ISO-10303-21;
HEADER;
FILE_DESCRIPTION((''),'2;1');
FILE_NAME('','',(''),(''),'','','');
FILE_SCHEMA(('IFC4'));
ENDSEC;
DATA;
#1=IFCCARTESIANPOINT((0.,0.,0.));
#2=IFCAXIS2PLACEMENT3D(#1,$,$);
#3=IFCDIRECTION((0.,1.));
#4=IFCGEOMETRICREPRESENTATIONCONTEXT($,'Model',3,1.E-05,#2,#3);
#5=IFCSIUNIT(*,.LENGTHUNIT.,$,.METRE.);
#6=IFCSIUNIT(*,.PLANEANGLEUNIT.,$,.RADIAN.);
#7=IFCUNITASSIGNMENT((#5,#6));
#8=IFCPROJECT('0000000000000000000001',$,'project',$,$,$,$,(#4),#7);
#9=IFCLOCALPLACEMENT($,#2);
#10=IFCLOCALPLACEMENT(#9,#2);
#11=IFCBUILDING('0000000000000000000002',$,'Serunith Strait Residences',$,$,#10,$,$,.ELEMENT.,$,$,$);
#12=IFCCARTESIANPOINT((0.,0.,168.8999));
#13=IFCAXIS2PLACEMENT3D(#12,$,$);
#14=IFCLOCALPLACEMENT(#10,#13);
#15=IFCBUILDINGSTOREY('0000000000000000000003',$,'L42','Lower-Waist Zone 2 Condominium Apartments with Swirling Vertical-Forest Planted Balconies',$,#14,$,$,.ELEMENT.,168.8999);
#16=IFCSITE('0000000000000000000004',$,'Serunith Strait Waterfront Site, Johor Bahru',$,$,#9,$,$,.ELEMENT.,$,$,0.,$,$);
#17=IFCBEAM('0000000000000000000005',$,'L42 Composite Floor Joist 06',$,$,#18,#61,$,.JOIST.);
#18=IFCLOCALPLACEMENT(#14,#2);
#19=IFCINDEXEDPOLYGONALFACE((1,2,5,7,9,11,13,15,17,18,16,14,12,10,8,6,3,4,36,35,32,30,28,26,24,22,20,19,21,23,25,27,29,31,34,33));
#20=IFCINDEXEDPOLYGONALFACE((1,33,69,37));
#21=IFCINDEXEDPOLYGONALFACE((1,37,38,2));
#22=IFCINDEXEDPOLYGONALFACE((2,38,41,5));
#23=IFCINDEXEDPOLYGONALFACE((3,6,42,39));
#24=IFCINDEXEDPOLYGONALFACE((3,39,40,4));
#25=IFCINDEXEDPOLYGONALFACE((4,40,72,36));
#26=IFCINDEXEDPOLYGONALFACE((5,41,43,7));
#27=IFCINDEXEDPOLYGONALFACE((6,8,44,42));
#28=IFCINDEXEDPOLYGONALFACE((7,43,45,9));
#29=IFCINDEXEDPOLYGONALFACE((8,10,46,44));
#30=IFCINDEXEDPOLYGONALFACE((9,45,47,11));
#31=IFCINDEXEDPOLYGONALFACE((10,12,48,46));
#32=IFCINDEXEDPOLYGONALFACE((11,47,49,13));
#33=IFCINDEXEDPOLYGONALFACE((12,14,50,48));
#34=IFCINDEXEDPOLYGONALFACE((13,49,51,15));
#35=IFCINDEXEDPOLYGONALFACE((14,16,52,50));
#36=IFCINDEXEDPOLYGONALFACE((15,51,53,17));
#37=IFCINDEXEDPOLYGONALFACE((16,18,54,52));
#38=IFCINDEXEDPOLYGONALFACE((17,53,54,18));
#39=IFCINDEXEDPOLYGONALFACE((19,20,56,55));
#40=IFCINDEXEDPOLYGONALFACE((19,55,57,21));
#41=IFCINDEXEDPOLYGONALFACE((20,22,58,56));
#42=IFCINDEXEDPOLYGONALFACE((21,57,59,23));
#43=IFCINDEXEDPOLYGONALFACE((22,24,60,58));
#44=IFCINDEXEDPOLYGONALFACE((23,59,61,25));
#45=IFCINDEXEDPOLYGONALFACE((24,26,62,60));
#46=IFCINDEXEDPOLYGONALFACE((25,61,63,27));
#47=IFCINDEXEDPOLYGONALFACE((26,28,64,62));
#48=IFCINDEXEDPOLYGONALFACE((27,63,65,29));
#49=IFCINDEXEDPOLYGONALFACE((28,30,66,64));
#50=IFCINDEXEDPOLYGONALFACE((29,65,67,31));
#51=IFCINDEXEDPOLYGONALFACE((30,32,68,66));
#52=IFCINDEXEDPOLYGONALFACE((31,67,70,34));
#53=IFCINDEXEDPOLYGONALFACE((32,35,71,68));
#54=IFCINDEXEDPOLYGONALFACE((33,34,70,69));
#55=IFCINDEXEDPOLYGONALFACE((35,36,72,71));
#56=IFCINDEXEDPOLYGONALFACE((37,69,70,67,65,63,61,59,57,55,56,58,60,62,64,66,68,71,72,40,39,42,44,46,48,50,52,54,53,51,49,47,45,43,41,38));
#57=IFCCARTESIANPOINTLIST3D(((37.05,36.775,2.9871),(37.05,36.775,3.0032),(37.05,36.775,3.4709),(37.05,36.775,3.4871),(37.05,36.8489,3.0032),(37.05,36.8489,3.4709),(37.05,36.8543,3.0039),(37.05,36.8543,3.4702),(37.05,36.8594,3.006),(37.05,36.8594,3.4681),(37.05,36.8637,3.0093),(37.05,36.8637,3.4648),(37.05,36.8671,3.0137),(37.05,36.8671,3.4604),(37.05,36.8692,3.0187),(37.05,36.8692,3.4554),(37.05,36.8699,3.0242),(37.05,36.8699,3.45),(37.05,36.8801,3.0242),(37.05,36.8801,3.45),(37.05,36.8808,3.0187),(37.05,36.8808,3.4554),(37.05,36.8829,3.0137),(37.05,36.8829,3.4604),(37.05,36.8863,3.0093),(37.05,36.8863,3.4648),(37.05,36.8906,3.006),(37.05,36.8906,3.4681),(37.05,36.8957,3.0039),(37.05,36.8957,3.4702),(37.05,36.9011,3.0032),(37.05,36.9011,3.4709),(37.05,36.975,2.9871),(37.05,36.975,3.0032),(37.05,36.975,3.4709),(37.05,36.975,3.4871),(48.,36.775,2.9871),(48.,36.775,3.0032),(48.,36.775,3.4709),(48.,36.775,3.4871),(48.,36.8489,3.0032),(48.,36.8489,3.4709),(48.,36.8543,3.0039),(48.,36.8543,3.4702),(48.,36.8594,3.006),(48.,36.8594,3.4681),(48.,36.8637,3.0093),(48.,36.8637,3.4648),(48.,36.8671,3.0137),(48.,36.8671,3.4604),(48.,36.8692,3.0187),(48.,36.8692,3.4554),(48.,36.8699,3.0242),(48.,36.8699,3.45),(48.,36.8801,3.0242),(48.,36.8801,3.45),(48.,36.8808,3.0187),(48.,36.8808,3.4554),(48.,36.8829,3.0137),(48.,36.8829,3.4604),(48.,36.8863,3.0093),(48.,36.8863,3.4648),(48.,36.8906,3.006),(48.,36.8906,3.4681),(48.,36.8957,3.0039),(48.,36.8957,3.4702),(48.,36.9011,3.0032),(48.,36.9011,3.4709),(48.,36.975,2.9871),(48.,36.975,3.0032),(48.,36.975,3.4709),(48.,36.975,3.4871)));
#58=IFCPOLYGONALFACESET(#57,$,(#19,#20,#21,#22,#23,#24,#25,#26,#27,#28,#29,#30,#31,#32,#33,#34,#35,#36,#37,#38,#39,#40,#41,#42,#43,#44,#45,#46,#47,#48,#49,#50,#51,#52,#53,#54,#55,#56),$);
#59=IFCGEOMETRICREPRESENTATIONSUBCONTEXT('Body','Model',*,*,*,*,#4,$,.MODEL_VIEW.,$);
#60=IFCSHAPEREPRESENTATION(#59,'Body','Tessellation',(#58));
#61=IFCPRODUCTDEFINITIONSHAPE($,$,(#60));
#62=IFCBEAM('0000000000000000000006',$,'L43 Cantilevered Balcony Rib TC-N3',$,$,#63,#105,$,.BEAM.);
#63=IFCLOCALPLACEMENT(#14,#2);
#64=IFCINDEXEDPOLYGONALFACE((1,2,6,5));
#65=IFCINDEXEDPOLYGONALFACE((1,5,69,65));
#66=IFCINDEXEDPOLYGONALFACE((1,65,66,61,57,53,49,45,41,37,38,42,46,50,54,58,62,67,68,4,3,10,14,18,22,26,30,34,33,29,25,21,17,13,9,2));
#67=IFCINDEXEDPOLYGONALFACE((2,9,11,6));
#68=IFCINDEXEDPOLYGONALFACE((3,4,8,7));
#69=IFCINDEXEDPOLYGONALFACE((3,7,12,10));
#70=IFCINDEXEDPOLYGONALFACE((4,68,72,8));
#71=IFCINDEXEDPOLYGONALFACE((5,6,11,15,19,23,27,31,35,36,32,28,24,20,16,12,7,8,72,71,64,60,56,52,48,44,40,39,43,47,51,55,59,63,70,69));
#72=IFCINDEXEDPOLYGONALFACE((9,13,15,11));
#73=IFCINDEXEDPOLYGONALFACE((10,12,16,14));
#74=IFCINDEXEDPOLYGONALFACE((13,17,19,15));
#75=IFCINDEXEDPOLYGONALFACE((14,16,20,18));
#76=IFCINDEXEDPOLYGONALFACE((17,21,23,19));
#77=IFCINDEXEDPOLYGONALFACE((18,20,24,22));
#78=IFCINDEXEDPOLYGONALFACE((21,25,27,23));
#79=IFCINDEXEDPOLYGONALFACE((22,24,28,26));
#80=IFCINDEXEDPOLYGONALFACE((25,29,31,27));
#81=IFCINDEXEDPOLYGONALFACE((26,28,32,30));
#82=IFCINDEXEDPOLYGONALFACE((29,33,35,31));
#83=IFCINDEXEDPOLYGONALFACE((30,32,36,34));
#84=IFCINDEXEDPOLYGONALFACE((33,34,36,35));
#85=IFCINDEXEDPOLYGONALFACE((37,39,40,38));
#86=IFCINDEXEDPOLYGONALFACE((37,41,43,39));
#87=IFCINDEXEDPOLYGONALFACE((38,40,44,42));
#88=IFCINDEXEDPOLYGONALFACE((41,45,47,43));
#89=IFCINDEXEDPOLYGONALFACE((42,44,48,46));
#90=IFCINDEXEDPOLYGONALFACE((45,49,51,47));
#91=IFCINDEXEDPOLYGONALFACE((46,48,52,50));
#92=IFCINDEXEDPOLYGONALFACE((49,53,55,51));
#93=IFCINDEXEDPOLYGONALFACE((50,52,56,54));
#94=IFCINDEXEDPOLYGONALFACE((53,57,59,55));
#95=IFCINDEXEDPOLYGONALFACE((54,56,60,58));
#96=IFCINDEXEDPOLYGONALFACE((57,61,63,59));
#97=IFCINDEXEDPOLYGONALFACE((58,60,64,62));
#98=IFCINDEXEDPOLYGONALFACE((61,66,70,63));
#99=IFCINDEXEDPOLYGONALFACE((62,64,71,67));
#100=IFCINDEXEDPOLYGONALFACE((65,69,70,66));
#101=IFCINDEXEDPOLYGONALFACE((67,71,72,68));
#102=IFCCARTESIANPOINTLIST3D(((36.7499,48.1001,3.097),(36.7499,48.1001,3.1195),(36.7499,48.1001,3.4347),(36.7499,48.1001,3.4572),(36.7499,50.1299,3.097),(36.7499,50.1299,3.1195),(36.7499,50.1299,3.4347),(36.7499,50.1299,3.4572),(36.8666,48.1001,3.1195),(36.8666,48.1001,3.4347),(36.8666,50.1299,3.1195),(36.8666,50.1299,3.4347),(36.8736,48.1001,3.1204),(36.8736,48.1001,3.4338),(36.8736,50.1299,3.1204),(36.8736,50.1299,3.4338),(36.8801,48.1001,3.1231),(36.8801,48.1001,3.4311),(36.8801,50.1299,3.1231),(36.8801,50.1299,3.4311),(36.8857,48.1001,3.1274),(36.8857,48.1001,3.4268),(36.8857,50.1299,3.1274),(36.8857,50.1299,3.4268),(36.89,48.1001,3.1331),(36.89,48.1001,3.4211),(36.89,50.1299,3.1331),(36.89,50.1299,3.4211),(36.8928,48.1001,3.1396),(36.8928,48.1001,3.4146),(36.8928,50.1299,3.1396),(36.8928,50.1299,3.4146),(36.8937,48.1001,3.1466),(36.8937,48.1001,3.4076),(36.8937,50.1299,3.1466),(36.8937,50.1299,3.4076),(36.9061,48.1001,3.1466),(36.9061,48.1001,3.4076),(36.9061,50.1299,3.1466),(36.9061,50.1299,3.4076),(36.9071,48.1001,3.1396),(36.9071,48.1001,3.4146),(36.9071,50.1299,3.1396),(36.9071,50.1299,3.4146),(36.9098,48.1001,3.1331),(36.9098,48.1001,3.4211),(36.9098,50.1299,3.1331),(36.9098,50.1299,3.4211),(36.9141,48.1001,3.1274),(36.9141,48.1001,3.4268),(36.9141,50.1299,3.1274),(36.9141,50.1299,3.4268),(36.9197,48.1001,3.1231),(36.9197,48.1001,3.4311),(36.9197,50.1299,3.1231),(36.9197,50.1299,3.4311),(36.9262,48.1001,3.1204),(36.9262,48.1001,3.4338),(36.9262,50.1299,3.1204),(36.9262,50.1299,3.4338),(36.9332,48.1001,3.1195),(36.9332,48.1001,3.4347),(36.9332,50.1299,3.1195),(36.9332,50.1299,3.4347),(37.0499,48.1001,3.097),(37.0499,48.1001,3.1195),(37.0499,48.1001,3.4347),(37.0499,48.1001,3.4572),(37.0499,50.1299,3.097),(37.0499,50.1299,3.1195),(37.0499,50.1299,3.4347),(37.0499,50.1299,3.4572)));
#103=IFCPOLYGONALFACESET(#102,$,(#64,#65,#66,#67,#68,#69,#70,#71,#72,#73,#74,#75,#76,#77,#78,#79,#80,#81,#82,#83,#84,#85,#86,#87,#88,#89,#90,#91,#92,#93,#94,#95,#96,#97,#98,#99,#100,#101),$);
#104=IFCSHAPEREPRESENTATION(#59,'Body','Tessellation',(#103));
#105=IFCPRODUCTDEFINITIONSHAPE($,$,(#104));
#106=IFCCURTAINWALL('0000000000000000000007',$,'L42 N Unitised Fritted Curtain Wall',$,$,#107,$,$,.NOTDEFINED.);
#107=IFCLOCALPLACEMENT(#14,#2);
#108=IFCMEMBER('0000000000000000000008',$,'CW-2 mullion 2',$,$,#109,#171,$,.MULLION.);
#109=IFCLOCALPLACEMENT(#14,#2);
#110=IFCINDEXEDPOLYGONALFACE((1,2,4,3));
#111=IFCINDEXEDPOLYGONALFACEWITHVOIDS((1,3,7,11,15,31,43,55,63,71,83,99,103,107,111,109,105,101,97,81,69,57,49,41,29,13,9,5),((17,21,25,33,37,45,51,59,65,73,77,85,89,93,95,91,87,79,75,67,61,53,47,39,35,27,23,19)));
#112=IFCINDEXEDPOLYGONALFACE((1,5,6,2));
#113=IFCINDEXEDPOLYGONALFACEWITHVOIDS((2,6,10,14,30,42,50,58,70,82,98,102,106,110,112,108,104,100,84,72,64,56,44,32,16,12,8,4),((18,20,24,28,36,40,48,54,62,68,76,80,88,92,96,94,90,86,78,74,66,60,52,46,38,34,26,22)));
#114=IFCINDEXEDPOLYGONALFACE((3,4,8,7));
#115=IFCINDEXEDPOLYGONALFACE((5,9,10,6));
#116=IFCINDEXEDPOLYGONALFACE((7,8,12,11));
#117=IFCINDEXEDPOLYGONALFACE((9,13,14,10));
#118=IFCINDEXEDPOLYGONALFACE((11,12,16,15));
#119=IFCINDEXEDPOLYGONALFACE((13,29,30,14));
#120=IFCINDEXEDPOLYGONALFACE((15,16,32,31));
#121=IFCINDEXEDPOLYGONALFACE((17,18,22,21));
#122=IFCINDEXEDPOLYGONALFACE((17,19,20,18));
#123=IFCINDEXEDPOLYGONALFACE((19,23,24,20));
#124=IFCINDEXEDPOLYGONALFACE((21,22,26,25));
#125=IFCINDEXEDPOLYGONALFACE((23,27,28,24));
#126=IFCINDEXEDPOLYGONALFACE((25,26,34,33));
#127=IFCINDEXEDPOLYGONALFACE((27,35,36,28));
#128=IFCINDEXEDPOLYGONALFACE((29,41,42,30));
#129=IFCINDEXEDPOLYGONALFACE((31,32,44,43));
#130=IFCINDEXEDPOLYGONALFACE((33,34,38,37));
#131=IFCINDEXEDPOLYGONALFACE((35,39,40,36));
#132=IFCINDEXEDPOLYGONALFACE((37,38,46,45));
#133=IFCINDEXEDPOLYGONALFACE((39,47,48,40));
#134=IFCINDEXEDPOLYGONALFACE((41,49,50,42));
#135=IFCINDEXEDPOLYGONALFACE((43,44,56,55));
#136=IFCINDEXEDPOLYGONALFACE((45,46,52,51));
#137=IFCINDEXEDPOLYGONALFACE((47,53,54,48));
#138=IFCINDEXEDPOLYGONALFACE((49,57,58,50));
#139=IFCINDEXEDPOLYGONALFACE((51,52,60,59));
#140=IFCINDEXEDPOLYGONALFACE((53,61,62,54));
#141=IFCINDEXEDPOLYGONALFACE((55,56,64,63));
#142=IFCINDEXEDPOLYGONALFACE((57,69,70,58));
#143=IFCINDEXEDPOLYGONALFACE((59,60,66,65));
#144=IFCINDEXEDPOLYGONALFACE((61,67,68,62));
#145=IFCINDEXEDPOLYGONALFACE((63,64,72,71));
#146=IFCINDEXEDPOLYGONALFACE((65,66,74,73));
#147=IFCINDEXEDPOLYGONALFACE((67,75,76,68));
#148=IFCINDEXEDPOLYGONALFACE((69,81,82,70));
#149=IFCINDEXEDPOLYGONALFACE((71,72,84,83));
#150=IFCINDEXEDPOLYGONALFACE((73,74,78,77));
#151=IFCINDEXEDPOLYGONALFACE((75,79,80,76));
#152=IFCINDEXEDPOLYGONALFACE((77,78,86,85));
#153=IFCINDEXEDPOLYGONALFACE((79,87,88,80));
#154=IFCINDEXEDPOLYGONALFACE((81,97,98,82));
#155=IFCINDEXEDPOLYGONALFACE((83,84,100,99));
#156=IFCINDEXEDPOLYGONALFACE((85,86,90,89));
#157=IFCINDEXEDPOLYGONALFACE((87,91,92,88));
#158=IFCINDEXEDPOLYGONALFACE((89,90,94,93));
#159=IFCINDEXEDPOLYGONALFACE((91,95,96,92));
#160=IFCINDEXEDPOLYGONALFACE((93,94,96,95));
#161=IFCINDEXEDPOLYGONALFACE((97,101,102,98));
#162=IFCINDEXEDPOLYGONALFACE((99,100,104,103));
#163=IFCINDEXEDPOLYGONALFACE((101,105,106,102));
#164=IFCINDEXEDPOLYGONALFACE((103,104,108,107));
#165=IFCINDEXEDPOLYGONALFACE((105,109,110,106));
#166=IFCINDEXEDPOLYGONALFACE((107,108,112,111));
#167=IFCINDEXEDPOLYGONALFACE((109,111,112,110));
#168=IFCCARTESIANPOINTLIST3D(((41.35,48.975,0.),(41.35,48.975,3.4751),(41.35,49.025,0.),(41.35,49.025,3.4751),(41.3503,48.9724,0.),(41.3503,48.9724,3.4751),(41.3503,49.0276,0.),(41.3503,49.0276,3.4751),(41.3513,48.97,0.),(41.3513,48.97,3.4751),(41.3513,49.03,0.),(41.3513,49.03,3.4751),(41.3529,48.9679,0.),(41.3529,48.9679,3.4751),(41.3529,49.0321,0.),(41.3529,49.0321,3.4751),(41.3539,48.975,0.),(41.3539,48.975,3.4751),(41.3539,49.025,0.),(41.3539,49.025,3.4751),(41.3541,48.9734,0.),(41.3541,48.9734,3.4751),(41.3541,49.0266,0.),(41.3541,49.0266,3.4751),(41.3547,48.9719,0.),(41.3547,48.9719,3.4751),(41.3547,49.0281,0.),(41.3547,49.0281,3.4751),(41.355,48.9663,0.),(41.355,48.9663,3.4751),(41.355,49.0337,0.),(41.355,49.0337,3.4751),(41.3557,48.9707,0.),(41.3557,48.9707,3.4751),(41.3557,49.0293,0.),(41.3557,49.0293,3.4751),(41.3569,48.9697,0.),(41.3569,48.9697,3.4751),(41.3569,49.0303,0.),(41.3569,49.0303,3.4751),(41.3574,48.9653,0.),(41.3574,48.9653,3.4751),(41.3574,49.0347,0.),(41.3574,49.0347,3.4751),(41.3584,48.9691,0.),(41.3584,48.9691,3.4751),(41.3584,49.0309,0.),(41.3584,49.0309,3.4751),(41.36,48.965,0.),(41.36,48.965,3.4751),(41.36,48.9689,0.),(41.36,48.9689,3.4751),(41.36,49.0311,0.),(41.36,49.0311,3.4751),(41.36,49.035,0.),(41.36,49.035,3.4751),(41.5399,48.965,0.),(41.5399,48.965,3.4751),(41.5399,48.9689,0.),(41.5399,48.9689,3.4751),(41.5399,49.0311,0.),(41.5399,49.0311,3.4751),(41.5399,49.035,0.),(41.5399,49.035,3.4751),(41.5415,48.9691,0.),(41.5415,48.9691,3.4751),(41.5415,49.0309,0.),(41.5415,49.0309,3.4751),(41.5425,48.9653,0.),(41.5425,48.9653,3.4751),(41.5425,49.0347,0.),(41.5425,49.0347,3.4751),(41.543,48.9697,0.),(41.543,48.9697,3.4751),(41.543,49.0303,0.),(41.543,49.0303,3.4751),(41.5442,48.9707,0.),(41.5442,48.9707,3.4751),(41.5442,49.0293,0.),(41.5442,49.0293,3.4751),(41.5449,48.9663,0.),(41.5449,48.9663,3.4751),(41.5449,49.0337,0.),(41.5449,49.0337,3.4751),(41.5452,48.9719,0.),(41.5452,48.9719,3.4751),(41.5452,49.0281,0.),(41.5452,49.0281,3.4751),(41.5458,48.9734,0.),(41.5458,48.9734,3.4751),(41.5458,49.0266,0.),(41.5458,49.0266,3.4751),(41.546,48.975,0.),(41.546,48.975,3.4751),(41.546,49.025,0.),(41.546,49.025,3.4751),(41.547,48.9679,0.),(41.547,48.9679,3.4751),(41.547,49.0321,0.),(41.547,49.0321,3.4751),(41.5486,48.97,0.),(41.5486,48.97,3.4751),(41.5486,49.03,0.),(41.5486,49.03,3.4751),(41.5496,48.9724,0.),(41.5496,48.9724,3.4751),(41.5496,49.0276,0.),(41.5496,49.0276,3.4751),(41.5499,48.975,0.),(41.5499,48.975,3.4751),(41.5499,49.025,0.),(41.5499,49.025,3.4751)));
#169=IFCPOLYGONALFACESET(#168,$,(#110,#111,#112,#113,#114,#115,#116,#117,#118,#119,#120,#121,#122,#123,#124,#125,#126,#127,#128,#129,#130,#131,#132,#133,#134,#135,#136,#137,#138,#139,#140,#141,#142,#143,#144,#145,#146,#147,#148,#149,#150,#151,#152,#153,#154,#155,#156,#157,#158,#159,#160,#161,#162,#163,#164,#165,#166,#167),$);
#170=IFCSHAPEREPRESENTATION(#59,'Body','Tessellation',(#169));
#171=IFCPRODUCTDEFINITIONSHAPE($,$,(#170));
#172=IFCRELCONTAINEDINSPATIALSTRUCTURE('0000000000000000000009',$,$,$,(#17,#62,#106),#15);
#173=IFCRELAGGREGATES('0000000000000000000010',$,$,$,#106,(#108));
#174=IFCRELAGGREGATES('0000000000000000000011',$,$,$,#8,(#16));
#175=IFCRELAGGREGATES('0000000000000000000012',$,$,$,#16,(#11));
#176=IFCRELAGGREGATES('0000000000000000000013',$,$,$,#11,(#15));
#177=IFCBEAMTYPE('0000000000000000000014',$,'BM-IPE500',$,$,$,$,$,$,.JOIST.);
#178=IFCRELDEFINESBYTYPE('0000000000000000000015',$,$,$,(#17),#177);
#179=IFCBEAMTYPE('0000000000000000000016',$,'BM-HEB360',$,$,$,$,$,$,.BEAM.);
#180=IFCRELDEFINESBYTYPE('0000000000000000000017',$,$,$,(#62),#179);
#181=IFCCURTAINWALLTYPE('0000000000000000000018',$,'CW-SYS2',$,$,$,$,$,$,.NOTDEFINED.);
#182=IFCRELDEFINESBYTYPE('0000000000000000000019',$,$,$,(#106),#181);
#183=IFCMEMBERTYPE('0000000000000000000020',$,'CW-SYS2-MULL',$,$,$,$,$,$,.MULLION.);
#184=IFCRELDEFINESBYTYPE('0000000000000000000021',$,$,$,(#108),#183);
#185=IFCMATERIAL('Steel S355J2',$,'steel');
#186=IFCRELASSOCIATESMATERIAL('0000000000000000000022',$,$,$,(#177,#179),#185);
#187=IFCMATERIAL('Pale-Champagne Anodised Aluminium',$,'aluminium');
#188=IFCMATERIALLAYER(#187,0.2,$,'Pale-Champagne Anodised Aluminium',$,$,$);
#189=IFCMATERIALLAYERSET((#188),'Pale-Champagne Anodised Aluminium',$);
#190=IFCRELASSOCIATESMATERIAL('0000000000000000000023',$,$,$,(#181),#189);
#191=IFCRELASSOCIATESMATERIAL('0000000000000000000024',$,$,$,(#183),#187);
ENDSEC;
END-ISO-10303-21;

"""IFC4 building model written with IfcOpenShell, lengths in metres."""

from ifc_helpers import new_model, si_unit, direction, frame, origin, origin_2d, place, context, subcontext, project, spatial, hollow_rectangle, i_section, extrude, source, transform, mapped, material, layer, layer_set, material_profile, profile_set, type_object, element, aggregate, save


model = new_model("IFC4")

# Units and contexts
model_context = context("Model", 3, precision=1e-05, world=origin(), true_north=direction((0.0, 1.0)))
body_context = subcontext(model_context, "Body", "Model", "MODEL_VIEW")
ifc_project = project(units=[si_unit("LENGTHUNIT", "METRE"), si_unit("PLANEANGLEUNIT", "RADIAN")], contexts=[model_context])

# Site, building, storey
site_placement = place(None, origin())
site = spatial("IfcSite", under=ifc_project, at=site_placement, Name="Serunith Strait Waterfront Site, Johor Bahru", CompositionType="ELEMENT", RefElevation=0.0)
building_placement = place(site_placement, origin())
building = spatial("IfcBuilding", under=site, at=building_placement, Name="Serunith Strait Residences", CompositionType="ELEMENT")
storey_placement = place(building_placement, frame((0.0, 0.0, 168.8999)))
storey = spatial("IfcBuildingStorey", under=building, at=storey_placement, Name="L42", Description="Lower-Waist Zone 2 Condominium Apartments with Swirling Vertical-Forest Planted Balconies", CompositionType="ELEMENT", Elevation=168.8999)

# Beams
ifc_material_1 = material(Name="Steel S355J2", Category="steel")
ifc_material_profile_1 = material_profile(ifc_material_1, i_section(OverallWidth=0.2, OverallDepth=0.5, WebThickness=0.0103, FlangeThickness=0.0161, FilletRadius=0.021, at=origin_2d()), Name="IPE 500")
ifc_profile_set_1 = profile_set([ifc_material_profile_1], Name="Steel S355J2")
beam_type_1 = type_object("IfcBeamType", Name="BM-IPE500", PredefinedType="JOIST", material=ifc_profile_set_1)
shared_shape_1 = source(origin(), body_context, "Body", "SweptSolid", [
    extrude(i_section(OverallWidth=0.2, OverallDepth=0.5, WebThickness=0.0103, FlangeThickness=0.0161, FilletRadius=0.021, at=origin_2d()), origin(), (0.0, 0.0, 1.0), 10.95),
])
beam_1_placement = place(storey_placement, frame((37.05, 36.875, 3.2371), z_axis=(1.0, 0.0, 0.0), x_axis=(0.0, 1.0, 0.0)))
element("IfcBeam", 1, at=beam_1_placement, inside=storey, type_object=beam_type_1, Name="L42 Composite Floor Joist 06", PredefinedType="JOIST", context=body_context, shape_type="MappedRepresentation", body=[
    mapped(shared_shape_1, transform((0.0, 0.0, 0.0), scale=1.0)),
])
ifc_material_profile_2 = material_profile(ifc_material_1, i_section(OverallWidth=0.3, OverallDepth=0.3601, WebThickness=0.0125, FlangeThickness=0.0225, FilletRadius=0.0271, at=origin_2d()), Name="HEB 360")
ifc_profile_set_2 = profile_set([ifc_material_profile_2], Name="Steel S355J2")
beam_type_2 = type_object("IfcBeamType", Name="BM-HEB360", PredefinedType="BEAM", material=ifc_profile_set_2)
shared_shape_2 = source(origin(), body_context, "Body", "SweptSolid", [
    extrude(i_section(OverallWidth=0.3, OverallDepth=0.3601, WebThickness=0.0125, FlangeThickness=0.0225, FilletRadius=0.0271, at=origin_2d()), origin(), (0.0, 0.0, 1.0), 2.0298),
])
beam_2_placement = place(storey_placement, frame((36.8999, 48.1001, 3.2771), z_axis=(0.0, 1.0, 0.0), x_axis=(-1.0, 0.0, 0.0)))
element("IfcBeam", 2, at=beam_2_placement, inside=storey, type_object=beam_type_2, Name="L43 Cantilevered Balcony Rib TC-N3", PredefinedType="BEAM", context=body_context, shape_type="MappedRepresentation", body=[
    mapped(shared_shape_2, transform((0.0, 0.0, 0.0), scale=1.0)),
])

# Curtain wall, member
ifc_material_2 = material(Name="Pale-Champagne Anodised Aluminium", Category="aluminium")
ifc_layer_1 = layer(ifc_material_2, 0.2, Name="Pale-Champagne Anodised Aluminium")
ifc_layer_set_1 = layer_set([ifc_layer_1], Name="Pale-Champagne Anodised Aluminium")
curtain_wall_type = type_object("IfcCurtainWallType", Name="CW-SYS2", PredefinedType="NOTDEFINED", material=ifc_layer_set_1)
curtain_wall_1_placement = place(storey_placement, origin())
curtain_wall_1 = element("IfcCurtainWall", 3, at=curtain_wall_1_placement, inside=storey, type_object=curtain_wall_type, Name="L42 N Unitised Fritted Curtain Wall", PredefinedType="NOTDEFINED")
ifc_material_profile_3 = material_profile(ifc_material_2, hollow_rectangle(XDim=0.0701, YDim=0.2, WallThickness=0.0039, InnerFilletRadius=0.0061, OuterFilletRadius=0.01, at=origin_2d()), Name="ALU 200x70x4")
ifc_profile_set_3 = profile_set([ifc_material_profile_3], Name="Pale-Champagne Anodised Aluminium")
member_type_1 = type_object("IfcMemberType", Name="CW-SYS2-MULL", PredefinedType="MULLION", material=ifc_profile_set_3)
shared_shape_3 = source(origin(), body_context, "Body", "SweptSolid", [
    extrude(hollow_rectangle(XDim=0.0701, YDim=0.2, WallThickness=0.0039, InnerFilletRadius=0.0061, OuterFilletRadius=0.01, at=origin_2d()), origin(), (0.0, 0.0, 1.0), 3.4751),
])
member_1_placement = place(storey_placement, frame((41.45, 49.0, 0.0), z_axis=(0.0, 0.0, 1.0), x_axis=(0.0, -1.0, 0.0)))
member_1 = element("IfcMember", 4, at=member_1_placement, type_object=member_type_1, Name="CW-2 mullion 2", PredefinedType="MULLION", context=body_context, shape_type="MappedRepresentation", body=[
    mapped(shared_shape_3, transform((0.0, 0.0, 0.0), scale=1.0)),
])

aggregate(curtain_wall_1, [member_1])

save(model, "model.ifc")
